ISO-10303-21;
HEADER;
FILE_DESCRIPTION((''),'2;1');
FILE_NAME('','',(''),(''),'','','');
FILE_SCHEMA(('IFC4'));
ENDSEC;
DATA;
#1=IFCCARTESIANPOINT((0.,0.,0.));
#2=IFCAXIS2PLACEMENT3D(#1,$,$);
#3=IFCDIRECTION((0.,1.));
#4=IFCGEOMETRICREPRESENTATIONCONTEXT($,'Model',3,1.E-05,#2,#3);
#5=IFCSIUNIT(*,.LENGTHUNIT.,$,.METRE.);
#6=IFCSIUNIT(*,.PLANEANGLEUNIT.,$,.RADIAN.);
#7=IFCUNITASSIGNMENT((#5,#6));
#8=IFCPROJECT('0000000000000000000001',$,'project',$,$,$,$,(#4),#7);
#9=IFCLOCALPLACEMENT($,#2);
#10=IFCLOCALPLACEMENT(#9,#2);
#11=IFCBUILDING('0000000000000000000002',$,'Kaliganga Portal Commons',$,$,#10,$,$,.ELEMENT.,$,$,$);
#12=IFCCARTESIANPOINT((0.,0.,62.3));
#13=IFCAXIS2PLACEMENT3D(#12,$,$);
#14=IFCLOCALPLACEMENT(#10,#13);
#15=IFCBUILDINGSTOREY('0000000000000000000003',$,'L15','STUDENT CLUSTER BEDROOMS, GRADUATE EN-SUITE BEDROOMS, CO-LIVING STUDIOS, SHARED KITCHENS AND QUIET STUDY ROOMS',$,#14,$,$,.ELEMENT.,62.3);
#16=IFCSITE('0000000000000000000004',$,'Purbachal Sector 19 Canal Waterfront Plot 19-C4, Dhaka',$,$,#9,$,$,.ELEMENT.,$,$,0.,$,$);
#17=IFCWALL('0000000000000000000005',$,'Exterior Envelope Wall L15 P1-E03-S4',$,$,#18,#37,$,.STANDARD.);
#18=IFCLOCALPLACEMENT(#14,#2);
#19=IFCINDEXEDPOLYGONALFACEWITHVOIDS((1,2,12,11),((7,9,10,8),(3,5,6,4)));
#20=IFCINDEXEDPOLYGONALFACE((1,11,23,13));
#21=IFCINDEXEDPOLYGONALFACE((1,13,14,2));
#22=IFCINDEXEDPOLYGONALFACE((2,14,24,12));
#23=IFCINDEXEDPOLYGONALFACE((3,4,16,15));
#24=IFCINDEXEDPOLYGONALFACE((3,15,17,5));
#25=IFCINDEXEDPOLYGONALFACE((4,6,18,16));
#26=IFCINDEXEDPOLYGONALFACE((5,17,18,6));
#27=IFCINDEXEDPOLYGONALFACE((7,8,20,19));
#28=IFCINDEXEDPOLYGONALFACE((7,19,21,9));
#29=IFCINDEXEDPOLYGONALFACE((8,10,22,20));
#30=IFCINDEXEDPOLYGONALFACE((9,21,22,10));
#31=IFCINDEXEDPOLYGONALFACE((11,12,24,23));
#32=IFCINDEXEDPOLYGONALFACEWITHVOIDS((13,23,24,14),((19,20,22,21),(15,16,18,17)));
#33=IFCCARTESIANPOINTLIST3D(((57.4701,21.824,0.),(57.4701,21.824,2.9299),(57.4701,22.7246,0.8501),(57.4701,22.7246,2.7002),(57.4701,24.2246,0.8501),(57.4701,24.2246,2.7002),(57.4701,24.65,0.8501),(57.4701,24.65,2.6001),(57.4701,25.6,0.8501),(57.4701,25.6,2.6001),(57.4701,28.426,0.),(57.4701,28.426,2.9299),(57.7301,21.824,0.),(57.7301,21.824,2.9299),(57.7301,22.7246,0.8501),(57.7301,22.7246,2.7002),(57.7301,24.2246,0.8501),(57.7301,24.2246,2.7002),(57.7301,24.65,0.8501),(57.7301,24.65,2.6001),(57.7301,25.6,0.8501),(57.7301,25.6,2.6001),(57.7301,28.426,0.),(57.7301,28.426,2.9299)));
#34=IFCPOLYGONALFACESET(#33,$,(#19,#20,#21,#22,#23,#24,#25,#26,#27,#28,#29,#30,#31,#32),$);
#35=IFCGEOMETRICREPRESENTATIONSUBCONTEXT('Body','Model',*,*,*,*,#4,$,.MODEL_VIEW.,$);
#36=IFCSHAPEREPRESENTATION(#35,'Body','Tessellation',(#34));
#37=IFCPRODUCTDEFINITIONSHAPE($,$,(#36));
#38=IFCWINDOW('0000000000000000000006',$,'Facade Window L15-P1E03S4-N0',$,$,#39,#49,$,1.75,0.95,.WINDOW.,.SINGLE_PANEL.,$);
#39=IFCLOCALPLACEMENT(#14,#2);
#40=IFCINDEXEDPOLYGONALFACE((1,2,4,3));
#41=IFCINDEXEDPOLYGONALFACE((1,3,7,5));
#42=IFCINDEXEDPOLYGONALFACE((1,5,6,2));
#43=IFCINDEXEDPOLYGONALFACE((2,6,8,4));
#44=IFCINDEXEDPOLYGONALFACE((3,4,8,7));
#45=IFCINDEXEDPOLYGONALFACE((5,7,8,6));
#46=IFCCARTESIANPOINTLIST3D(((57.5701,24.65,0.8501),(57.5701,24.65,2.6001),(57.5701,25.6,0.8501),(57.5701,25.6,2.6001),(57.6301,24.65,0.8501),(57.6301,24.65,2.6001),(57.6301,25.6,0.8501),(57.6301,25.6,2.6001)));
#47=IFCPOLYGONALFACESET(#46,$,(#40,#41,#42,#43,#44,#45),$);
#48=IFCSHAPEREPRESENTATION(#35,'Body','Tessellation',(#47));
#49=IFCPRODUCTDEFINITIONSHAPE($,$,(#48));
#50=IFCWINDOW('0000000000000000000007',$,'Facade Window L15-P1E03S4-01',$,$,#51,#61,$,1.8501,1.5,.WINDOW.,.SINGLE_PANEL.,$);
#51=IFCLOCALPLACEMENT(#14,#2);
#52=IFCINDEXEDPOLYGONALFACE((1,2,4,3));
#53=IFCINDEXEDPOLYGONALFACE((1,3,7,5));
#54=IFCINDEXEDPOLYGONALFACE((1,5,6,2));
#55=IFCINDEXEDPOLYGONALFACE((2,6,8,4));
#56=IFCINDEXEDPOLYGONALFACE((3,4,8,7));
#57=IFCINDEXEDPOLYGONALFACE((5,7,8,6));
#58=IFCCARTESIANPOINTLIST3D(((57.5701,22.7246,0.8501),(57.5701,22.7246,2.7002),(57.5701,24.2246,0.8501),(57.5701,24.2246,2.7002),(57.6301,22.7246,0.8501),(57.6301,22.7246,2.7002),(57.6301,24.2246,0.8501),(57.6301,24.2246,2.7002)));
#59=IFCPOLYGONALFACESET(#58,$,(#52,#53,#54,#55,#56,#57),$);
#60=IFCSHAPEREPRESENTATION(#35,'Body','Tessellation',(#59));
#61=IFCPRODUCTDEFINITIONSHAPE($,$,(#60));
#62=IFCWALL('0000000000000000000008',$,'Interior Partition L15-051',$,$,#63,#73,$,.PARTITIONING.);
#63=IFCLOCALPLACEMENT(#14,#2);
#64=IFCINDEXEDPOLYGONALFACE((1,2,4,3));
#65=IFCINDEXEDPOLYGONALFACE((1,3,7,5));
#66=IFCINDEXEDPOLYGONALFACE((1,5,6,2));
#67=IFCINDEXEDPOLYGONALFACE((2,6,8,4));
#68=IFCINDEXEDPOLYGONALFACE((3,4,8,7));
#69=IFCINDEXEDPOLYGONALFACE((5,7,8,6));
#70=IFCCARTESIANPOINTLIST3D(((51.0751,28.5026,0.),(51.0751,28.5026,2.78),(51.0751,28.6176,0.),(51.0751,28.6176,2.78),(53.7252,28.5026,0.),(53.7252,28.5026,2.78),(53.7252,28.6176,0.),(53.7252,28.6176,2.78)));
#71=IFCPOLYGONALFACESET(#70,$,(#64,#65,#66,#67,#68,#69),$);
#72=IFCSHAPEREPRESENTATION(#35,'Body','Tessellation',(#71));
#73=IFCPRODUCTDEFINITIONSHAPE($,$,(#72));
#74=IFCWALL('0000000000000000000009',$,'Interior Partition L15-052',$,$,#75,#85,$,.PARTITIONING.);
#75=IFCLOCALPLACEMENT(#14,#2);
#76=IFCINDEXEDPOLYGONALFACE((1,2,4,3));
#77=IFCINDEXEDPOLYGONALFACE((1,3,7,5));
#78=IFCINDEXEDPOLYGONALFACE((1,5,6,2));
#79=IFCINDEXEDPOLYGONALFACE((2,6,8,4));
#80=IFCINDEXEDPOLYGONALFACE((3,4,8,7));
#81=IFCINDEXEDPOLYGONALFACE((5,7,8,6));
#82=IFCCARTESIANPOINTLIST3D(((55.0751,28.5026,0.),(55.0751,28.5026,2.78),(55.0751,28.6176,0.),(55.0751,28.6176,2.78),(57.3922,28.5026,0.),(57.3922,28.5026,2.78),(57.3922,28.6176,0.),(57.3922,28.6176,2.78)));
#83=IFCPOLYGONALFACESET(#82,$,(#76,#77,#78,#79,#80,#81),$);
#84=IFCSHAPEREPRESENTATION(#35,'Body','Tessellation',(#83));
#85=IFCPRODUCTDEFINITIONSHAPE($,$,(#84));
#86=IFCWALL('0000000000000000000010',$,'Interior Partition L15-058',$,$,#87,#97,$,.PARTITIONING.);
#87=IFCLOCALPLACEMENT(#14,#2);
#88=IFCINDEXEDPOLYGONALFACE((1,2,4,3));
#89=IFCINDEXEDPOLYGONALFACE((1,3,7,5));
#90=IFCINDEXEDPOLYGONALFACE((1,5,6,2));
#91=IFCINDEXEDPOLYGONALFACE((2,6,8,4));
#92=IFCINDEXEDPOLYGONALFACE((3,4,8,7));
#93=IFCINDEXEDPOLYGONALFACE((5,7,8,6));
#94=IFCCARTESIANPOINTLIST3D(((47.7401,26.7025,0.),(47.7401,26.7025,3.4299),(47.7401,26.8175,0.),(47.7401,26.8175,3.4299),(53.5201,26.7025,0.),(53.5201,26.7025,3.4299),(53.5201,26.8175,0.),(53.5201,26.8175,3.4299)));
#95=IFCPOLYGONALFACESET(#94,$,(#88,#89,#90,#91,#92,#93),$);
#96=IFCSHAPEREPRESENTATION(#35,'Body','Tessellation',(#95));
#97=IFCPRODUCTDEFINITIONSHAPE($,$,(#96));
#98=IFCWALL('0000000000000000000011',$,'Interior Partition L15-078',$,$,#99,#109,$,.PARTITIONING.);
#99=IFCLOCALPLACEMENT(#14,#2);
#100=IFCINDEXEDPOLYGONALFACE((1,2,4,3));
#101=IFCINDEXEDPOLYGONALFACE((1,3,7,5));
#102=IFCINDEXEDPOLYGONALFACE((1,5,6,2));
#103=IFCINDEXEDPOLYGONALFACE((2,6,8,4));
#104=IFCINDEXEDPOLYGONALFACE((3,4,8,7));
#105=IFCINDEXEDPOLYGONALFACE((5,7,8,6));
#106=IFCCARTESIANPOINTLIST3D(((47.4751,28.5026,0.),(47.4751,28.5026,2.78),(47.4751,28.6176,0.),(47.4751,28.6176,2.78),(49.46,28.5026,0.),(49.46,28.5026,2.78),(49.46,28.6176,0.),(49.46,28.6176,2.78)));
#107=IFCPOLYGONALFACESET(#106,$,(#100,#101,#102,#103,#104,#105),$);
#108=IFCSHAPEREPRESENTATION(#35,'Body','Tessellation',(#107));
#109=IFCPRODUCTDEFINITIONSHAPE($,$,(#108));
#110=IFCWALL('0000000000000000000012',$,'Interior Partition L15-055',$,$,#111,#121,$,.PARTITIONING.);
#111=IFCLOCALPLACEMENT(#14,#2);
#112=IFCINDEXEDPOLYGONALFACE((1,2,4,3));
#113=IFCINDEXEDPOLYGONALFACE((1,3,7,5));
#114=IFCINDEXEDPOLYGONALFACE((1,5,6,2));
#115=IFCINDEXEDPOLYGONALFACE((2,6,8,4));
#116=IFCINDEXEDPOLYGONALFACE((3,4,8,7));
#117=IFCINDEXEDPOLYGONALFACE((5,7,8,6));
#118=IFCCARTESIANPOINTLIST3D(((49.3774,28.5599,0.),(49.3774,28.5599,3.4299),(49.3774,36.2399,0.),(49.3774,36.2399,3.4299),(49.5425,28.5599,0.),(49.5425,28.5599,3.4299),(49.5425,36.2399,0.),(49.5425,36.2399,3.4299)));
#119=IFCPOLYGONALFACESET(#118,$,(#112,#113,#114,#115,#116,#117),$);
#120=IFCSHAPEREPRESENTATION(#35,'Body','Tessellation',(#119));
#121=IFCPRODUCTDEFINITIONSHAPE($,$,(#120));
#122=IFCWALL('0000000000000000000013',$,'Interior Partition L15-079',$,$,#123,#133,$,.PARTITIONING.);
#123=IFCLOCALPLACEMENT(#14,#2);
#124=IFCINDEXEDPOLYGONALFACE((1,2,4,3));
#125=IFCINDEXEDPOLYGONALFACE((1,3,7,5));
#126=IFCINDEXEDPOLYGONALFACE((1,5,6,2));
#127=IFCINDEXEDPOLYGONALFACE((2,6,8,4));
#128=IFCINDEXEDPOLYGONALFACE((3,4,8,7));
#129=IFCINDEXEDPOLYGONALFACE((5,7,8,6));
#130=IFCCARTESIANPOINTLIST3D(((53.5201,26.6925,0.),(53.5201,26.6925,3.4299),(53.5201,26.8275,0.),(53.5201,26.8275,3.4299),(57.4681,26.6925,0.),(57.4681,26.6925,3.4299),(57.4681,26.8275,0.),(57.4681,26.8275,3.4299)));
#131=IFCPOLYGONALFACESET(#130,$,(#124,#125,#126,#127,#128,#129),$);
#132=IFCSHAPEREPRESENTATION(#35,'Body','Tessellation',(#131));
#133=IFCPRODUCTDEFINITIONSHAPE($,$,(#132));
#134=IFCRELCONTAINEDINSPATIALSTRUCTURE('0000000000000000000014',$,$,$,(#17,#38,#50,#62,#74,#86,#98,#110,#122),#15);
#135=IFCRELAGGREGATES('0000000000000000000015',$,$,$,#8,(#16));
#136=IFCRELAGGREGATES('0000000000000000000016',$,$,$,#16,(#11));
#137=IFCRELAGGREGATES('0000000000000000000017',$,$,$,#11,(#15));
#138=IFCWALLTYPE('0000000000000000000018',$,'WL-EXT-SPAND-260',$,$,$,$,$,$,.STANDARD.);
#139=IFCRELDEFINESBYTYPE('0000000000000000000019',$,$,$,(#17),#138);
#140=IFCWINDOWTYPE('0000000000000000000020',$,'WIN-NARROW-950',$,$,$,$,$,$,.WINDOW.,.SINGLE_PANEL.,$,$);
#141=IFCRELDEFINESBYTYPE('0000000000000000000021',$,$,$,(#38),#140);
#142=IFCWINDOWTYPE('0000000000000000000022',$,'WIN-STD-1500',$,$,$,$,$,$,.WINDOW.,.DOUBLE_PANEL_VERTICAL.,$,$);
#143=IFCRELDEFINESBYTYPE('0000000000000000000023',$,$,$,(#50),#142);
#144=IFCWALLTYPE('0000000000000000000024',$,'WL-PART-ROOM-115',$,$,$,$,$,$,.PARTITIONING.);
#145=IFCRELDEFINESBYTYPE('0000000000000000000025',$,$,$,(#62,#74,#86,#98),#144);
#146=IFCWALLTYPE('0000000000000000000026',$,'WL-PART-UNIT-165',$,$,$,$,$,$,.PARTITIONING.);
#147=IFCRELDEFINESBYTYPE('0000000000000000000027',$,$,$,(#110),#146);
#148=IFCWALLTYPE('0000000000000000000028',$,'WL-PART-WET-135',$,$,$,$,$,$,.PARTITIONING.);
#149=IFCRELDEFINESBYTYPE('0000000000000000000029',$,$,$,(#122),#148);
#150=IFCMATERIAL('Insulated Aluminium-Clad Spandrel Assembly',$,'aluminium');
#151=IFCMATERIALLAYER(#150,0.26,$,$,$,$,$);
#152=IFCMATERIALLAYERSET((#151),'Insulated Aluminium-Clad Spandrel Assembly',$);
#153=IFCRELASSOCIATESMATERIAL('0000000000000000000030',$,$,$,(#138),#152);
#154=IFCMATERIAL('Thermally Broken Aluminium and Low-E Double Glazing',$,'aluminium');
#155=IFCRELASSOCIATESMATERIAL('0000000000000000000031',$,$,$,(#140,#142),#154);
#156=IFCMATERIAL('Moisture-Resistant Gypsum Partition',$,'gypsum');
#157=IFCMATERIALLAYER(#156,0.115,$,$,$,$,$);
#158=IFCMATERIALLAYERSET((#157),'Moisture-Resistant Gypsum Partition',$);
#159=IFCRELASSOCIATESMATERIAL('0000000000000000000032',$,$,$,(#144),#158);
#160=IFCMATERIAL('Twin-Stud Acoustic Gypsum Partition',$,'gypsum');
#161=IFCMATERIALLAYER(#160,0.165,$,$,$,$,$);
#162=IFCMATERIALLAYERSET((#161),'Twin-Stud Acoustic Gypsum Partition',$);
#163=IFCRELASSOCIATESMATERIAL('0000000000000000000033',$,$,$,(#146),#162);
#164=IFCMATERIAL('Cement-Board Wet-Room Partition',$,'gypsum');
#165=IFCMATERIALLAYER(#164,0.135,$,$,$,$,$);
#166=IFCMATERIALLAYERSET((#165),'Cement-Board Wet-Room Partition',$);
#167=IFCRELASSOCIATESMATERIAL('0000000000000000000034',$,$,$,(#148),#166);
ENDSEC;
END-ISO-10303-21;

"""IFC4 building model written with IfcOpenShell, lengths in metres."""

from ifc_helpers import new_model, si_unit, direction, frame, frame_2d, origin, place, context, subcontext, project, spatial, rectangle, extrude, material, layer, layer_set, type_object, element, fill, save


model = new_model("IFC4")

# Units and contexts
model_context = context("Model", 3, precision=1e-05, world=origin(), true_north=direction((0.0, 1.0)))
body_context = subcontext(model_context, "Body", "Model", "MODEL_VIEW")
ifc_project = project(units=[si_unit("LENGTHUNIT", "METRE"), si_unit("PLANEANGLEUNIT", "RADIAN")], contexts=[model_context])

# Site, building, storey
site_placement = place(None, origin())
site = spatial("IfcSite", under=ifc_project, at=site_placement, Name="Purbachal Sector 19 Canal Waterfront Plot 19-C4, Dhaka", CompositionType="ELEMENT", RefElevation=0.0)
building_placement = place(site_placement, origin())
building = spatial("IfcBuilding", under=site, at=building_placement, Name="Kaliganga Portal Commons", CompositionType="ELEMENT")
storey_placement = place(building_placement, frame((0.0, 0.0, 62.3)))
storey = spatial("IfcBuildingStorey", under=building, at=storey_placement, Name="L15", Description="STUDENT CLUSTER BEDROOMS, GRADUATE EN-SUITE BEDROOMS, CO-LIVING STUDIOS, SHARED KITCHENS AND QUIET STUDY ROOMS", CompositionType="ELEMENT", Elevation=62.3)

# Wall, openings, windows
ifc_material_1 = material(Name="Insulated Aluminium-Clad Spandrel Assembly", Category="aluminium")
ifc_layer_1 = layer(ifc_material_1, 0.26)
ifc_layer_set_1 = layer_set([ifc_layer_1], Name="Insulated Aluminium-Clad Spandrel Assembly")
wall_type_1 = type_object("IfcWallType", Name="WL-EXT-SPAND-260", PredefinedType="STANDARD", material=ifc_layer_set_1)
wall_1_placement = place(storey_placement, frame((57.6001, 28.426, 0.0), z_axis=(0.0, 0.0, 1.0), x_axis=(0.0, -1.0, 0.0)))
wall_1 = element("IfcWall", 1, at=wall_1_placement, inside=storey, type_object=wall_type_1, Name="Exterior Envelope Wall L15 P1-E03-S4", PredefinedType="STANDARD", context=body_context, shape_type="SweptSolid", body=[
    extrude(rectangle(XDim=6.6021, YDim=0.26, at=frame_2d((3.301, 0.0))), origin(), (0.0, 0.0, 1.0), 2.9299),
])
opening_1_placement = place(wall_1_placement, frame((4.2014, 0.0, 0.8501)))
opening_1 = element("IfcOpeningElement", 2, at=opening_1_placement, cuts=wall_1, PredefinedType="OPENING", context=body_context, shape_type="SweptSolid", body=[
    extrude(rectangle(XDim=1.5, YDim=1.8501, at=frame_2d((0.75, 0.925))), frame((0.0, 0.1401, 0.0), z_axis=(0.0, -1.0, 0.0), x_axis=(1.0, 0.0, 0.0)), (0.0, 0.0, 1.0), 0.28),
])
opening_2_placement = place(wall_1_placement, frame((2.8259, 0.0, 0.8501)))
opening_2 = element("IfcOpeningElement", 3, at=opening_2_placement, cuts=wall_1, PredefinedType="OPENING", context=body_context, shape_type="SweptSolid", body=[
    extrude(rectangle(XDim=0.95, YDim=1.75, at=frame_2d((0.4751, 0.875))), frame((0.0, 0.1401, 0.0), z_axis=(0.0, -1.0, 0.0), x_axis=(1.0, 0.0, 0.0)), (0.0, 0.0, 1.0), 0.28),
])
ifc_material_2 = material(Name="Thermally Broken Aluminium and Low-E Double Glazing", Category="aluminium")
window_type_1 = type_object("IfcWindowType", Name="WIN-NARROW-950", PartitioningType="SINGLE_PANEL", PredefinedType="WINDOW", material=ifc_material_2)
window_1_placement = place(opening_2_placement, origin())
window_1 = element("IfcWindow", 4, at=window_1_placement, inside=storey, type_object=window_type_1, Name="Facade Window L15-P1E03S4-N0", OverallHeight=1.75, OverallWidth=0.95, PartitioningType="SINGLE_PANEL", PredefinedType="WINDOW", context=body_context, shape_type="SweptSolid", body=[
    extrude(rectangle(XDim=0.95, YDim=1.75, at=frame_2d((0.4751, 0.875))), frame((0.0, 0.03, 0.0), z_axis=(0.0, -1.0, 0.0), x_axis=(1.0, 0.0, 0.0)), (0.0, 0.0, 1.0), 0.0601),
])
fill(opening_2, window_1)
window_type_2 = type_object("IfcWindowType", Name="WIN-STD-1500", PartitioningType="DOUBLE_PANEL_VERTICAL", PredefinedType="WINDOW", material=ifc_material_2)
window_2_placement = place(opening_1_placement, origin())
window_2 = element("IfcWindow", 5, at=window_2_placement, inside=storey, type_object=window_type_2, Name="Facade Window L15-P1E03S4-01", OverallHeight=1.8501, OverallWidth=1.5, PartitioningType="SINGLE_PANEL", PredefinedType="WINDOW", context=body_context, shape_type="SweptSolid", body=[
    extrude(rectangle(XDim=1.5, YDim=1.8501, at=frame_2d((0.75, 0.925))), frame((0.0, 0.03, 0.0), z_axis=(0.0, -1.0, 0.0), x_axis=(1.0, 0.0, 0.0)), (0.0, 0.0, 1.0), 0.0601),
])
fill(opening_1, window_2)

# Walls
ifc_material_3 = material(Name="Moisture-Resistant Gypsum Partition", Category="gypsum")
ifc_layer_2 = layer(ifc_material_3, 0.115)
ifc_layer_set_2 = layer_set([ifc_layer_2], Name="Moisture-Resistant Gypsum Partition")
wall_type_2 = type_object("IfcWallType", Name="WL-PART-ROOM-115", PredefinedType="PARTITIONING", material=ifc_layer_set_2)
wall_2_placement = place(storey_placement, frame((51.075, 28.5601, 0.0), z_axis=(0.0, 0.0, 1.0), x_axis=(1.0, 0.0, 0.0)))
element("IfcWall", 6, at=wall_2_placement, inside=storey, type_object=wall_type_2, Name="Interior Partition L15-051", PredefinedType="PARTITIONING", context=body_context, shape_type="SweptSolid", body=[
    extrude(rectangle(XDim=2.6501, YDim=0.115, at=frame_2d((1.3252, 0.0))), origin(), (0.0, 0.0, 1.0), 2.78),
])
wall_3_placement = place(storey_placement, frame((55.075, 28.5601, 0.0), z_axis=(0.0, 0.0, 1.0), x_axis=(1.0, 0.0, 0.0)))
element("IfcWall", 7, at=wall_3_placement, inside=storey, type_object=wall_type_2, Name="Interior Partition L15-052", PredefinedType="PARTITIONING", context=body_context, shape_type="SweptSolid", body=[
    extrude(rectangle(XDim=2.3171, YDim=0.115, at=frame_2d((1.1587, 0.0))), origin(), (0.0, 0.0, 1.0), 2.78),
])
wall_4_placement = place(storey_placement, frame((47.74, 26.76, 0.0), z_axis=(0.0, 0.0, 1.0), x_axis=(1.0, 0.0, 0.0)))
element("IfcWall", 8, at=wall_4_placement, inside=storey, type_object=wall_type_2, Name="Interior Partition L15-058", PredefinedType="PARTITIONING", context=body_context, shape_type="SweptSolid", body=[
    extrude(rectangle(XDim=5.78, YDim=0.115, at=frame_2d((2.8901, 0.0))), origin(), (0.0, 0.0, 1.0), 3.4299),
])
wall_5_placement = place(storey_placement, frame((47.4751, 28.5601, 0.0), z_axis=(0.0, 0.0, 1.0), x_axis=(1.0, 0.0, 0.0)))
element("IfcWall", 9, at=wall_5_placement, inside=storey, type_object=wall_type_2, Name="Interior Partition L15-078", PredefinedType="PARTITIONING", context=body_context, shape_type="SweptSolid", body=[
    extrude(rectangle(XDim=1.9849, YDim=0.115, at=frame_2d((0.9924, 0.0))), origin(), (0.0, 0.0, 1.0), 2.78),
])
ifc_material_4 = material(Name="Twin-Stud Acoustic Gypsum Partition", Category="gypsum")
ifc_layer_3 = layer(ifc_material_4, 0.165)
ifc_layer_set_3 = layer_set([ifc_layer_3], Name="Twin-Stud Acoustic Gypsum Partition")
wall_type_3 = type_object("IfcWallType", Name="WL-PART-UNIT-165", PredefinedType="PARTITIONING", material=ifc_layer_set_3)
wall_6_placement = place(storey_placement, frame((49.46, 28.5601, 0.0), z_axis=(0.0, 0.0, 1.0), x_axis=(0.0, 1.0, 0.0)))
element("IfcWall", 10, at=wall_6_placement, inside=storey, type_object=wall_type_3, Name="Interior Partition L15-055", PredefinedType="PARTITIONING", context=body_context, shape_type="SweptSolid", body=[
    extrude(rectangle(XDim=7.6799, YDim=0.165, at=frame_2d((3.8398, 0.0))), origin(), (0.0, 0.0, 1.0), 3.4299),
])
ifc_material_5 = material(Name="Cement-Board Wet-Room Partition", Category="gypsum")
ifc_layer_4 = layer(ifc_material_5, 0.135)
ifc_layer_set_4 = layer_set([ifc_layer_4], Name="Cement-Board Wet-Room Partition")
wall_type_4 = type_object("IfcWallType", Name="WL-PART-WET-135", PredefinedType="PARTITIONING", material=ifc_layer_set_4)
wall_7_placement = place(storey_placement, frame((53.52, 26.76, 0.0), z_axis=(0.0, 0.0, 1.0), x_axis=(1.0, 0.0, 0.0)))
element("IfcWall", 11, at=wall_7_placement, inside=storey, type_object=wall_type_4, Name="Interior Partition L15-079", PredefinedType="PARTITIONING", context=body_context, shape_type="SweptSolid", body=[
    extrude(rectangle(XDim=3.948, YDim=0.135, at=frame_2d((1.9741, 0.0))), origin(), (0.0, 0.0, 1.0), 3.4299),
])

save(model, "model.ifc")
